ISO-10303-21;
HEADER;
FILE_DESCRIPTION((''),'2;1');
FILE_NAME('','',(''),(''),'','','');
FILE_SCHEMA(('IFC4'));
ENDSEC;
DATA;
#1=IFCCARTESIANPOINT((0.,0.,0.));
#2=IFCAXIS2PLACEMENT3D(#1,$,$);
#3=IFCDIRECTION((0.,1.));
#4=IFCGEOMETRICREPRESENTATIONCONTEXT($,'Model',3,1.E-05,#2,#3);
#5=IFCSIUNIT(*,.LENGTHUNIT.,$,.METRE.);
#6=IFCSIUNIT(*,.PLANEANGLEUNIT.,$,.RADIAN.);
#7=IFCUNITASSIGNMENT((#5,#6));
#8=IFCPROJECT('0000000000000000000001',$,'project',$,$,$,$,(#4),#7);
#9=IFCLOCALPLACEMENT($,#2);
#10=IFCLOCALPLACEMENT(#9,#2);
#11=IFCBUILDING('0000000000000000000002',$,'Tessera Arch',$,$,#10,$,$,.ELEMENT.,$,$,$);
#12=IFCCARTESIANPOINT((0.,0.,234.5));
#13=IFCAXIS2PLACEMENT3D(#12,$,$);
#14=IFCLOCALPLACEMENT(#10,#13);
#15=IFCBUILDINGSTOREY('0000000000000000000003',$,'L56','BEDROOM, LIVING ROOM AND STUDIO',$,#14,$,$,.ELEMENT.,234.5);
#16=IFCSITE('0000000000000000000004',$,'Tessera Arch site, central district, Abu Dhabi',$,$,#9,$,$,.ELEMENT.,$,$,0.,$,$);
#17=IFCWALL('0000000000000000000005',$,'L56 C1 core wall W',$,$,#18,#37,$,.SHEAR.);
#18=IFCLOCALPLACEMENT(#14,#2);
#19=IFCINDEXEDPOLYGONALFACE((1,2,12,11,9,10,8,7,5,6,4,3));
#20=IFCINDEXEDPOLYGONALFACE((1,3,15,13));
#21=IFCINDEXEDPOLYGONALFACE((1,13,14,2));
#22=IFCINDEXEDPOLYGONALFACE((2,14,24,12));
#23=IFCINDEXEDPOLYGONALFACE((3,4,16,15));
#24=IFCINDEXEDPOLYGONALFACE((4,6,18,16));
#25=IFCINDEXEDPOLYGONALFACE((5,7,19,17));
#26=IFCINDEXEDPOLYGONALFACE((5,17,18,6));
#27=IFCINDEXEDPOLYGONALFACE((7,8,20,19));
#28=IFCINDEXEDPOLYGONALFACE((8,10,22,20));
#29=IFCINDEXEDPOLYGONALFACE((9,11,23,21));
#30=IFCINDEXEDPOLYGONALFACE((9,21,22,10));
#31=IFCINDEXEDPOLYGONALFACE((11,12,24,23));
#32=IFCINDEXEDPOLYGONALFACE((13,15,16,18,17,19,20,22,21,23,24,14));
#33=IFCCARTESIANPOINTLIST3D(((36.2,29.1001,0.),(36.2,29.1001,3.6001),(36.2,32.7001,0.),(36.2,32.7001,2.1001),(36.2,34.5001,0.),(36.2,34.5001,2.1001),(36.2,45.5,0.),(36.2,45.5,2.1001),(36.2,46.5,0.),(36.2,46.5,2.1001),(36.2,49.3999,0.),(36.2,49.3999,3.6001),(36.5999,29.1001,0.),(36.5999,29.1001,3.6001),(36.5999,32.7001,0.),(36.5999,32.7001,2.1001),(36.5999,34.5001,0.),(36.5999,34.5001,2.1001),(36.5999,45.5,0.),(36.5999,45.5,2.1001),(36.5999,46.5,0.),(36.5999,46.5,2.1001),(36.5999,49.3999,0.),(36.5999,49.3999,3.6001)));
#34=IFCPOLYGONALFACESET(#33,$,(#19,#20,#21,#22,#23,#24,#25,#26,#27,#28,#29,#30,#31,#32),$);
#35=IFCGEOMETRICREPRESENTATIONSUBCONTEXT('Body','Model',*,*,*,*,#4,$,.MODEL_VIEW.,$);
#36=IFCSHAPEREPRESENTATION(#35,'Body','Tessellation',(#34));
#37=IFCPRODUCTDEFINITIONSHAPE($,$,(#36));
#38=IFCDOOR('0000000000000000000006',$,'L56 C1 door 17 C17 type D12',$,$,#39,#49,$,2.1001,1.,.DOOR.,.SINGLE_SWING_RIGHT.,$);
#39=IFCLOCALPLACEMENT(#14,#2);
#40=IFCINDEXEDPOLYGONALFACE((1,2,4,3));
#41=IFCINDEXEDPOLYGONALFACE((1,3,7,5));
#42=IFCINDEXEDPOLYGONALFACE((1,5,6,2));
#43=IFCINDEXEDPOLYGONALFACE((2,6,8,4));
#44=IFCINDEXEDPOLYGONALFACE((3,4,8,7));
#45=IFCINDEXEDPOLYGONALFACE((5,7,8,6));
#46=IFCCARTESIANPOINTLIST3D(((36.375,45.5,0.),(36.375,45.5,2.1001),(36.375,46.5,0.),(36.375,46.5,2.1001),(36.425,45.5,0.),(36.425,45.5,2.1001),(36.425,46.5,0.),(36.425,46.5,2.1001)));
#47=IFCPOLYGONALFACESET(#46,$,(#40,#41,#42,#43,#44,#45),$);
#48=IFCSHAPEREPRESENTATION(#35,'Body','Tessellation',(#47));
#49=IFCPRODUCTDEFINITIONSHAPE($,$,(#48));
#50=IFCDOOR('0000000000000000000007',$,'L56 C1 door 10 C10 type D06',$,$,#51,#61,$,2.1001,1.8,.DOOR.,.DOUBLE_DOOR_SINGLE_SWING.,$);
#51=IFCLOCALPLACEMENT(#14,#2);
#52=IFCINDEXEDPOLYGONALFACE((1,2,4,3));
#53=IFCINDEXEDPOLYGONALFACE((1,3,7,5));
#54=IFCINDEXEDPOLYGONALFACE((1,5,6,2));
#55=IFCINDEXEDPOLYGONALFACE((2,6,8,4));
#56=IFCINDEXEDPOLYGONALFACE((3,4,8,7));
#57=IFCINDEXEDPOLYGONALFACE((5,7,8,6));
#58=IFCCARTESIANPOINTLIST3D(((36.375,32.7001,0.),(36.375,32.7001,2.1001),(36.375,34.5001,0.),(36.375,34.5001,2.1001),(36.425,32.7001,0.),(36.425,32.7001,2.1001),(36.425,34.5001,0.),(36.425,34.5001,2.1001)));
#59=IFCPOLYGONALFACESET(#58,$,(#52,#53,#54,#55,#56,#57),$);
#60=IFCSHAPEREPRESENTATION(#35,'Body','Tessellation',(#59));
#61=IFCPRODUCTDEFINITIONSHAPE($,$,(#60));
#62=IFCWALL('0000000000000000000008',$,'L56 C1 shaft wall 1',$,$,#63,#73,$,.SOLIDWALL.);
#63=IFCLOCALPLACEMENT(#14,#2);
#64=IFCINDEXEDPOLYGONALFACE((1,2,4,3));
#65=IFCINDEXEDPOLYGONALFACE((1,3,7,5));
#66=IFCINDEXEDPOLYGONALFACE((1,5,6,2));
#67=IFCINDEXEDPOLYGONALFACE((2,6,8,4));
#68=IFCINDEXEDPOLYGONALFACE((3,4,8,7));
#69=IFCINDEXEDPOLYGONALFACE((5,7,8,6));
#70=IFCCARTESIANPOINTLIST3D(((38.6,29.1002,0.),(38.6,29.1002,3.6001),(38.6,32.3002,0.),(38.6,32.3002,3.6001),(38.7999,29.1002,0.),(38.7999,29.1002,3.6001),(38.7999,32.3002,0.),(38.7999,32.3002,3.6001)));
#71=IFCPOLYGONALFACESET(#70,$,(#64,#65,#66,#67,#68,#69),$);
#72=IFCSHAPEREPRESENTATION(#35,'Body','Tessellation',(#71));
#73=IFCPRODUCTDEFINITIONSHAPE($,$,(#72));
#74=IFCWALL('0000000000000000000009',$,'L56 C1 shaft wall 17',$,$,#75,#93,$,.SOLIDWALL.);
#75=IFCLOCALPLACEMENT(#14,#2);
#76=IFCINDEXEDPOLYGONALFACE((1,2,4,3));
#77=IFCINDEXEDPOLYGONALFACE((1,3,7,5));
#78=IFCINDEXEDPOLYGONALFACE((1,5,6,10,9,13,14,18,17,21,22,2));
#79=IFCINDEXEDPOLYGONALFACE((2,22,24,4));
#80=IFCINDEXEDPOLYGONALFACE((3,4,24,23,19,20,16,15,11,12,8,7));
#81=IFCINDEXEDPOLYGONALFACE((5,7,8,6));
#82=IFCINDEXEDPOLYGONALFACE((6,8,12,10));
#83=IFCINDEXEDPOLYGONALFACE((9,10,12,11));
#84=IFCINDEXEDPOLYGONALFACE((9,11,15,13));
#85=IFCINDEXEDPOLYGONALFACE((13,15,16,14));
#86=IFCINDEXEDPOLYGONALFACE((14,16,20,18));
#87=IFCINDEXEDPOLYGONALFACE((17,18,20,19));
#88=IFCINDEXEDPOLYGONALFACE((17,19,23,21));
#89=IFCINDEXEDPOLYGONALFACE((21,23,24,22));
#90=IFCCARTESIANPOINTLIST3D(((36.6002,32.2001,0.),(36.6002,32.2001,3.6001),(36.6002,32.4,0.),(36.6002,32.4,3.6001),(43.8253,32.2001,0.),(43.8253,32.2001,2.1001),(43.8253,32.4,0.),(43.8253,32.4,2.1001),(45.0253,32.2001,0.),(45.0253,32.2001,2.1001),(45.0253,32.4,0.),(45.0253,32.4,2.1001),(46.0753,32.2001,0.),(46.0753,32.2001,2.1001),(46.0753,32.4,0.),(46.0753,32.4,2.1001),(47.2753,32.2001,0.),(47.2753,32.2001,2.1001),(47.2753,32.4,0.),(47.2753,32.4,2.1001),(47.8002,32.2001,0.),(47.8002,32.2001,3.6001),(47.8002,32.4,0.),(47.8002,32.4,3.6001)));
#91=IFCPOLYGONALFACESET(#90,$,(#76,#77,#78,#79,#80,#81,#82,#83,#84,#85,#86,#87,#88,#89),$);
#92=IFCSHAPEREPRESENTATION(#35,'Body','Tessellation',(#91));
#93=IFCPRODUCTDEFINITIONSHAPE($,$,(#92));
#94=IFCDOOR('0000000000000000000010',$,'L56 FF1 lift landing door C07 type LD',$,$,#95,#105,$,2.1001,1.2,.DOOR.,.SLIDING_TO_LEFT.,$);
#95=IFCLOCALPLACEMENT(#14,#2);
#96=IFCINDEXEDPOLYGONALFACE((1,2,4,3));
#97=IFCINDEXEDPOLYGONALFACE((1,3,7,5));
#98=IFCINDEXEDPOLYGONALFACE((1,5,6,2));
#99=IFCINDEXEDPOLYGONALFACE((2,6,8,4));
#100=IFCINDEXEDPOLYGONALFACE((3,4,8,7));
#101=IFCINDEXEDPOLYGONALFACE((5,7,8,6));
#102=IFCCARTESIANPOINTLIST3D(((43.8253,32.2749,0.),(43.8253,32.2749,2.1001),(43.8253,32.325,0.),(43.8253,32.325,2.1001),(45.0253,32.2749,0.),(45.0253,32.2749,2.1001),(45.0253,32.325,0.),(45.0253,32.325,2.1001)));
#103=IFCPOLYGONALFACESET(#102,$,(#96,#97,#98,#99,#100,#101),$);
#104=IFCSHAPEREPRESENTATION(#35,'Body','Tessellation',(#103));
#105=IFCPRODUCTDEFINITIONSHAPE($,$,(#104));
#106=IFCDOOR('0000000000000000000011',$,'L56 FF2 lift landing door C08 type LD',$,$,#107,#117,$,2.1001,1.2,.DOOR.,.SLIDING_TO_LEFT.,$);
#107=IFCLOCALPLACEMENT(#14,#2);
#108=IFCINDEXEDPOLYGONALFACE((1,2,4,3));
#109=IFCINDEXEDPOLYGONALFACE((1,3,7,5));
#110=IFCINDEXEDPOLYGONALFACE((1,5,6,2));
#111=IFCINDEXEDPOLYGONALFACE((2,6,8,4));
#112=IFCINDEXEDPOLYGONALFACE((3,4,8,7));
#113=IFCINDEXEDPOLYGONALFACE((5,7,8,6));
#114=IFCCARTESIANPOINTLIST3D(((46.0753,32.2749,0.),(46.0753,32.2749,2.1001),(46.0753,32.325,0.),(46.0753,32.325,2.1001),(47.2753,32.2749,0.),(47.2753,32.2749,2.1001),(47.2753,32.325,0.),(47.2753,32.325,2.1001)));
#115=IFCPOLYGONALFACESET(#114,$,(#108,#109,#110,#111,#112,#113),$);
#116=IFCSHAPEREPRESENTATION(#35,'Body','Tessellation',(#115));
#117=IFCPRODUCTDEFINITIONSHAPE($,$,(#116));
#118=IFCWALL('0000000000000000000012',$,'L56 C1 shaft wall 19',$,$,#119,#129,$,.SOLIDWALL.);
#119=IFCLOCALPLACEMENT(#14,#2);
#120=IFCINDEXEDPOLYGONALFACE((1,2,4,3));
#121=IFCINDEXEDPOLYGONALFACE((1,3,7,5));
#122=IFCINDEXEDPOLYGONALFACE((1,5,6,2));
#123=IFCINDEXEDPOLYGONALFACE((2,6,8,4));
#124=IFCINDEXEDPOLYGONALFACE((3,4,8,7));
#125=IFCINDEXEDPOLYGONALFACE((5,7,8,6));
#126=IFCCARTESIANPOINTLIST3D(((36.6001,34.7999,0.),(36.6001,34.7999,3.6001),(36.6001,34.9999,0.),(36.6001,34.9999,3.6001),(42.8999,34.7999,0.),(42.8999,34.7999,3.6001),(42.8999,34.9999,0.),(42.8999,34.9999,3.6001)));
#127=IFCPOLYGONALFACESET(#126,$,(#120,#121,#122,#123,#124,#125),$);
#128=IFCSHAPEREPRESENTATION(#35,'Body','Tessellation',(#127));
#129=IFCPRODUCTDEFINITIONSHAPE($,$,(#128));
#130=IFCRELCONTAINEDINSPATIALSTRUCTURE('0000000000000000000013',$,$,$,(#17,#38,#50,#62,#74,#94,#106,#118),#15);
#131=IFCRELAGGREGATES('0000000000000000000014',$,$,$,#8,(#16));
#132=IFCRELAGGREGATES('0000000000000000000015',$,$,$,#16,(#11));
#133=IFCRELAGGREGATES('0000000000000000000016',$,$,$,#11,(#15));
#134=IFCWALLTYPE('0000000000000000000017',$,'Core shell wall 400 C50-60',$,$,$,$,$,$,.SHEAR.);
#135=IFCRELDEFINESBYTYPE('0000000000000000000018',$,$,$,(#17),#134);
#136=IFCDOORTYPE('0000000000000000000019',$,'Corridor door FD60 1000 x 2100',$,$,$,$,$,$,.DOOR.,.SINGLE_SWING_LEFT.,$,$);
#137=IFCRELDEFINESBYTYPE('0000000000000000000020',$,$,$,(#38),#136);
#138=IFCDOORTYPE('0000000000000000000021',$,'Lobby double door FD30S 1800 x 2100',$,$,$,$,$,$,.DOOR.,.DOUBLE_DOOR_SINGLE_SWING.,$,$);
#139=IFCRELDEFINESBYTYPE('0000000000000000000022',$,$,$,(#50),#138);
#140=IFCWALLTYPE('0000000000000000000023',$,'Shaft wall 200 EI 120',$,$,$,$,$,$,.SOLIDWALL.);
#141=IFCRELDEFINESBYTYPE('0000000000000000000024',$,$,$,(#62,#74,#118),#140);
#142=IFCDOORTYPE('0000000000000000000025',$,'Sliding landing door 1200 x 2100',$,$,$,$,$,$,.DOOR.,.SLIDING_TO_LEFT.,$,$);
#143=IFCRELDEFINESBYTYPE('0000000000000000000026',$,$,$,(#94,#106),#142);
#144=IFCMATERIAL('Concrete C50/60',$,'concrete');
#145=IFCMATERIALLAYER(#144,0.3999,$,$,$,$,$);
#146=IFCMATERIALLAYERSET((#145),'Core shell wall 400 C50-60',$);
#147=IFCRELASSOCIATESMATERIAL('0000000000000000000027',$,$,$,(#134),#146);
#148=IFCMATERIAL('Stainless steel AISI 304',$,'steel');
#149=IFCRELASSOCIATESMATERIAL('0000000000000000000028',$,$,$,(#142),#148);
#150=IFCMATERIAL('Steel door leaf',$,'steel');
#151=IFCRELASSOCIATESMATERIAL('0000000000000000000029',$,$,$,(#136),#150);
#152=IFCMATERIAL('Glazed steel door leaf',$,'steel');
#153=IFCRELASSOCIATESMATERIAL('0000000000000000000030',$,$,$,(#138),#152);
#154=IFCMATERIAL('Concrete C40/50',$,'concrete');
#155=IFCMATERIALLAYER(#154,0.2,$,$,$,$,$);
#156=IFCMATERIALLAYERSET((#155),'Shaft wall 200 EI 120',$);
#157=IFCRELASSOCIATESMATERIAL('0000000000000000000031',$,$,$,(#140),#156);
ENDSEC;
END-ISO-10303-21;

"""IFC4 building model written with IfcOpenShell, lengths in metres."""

from ifc_helpers import new_model, si_unit, direction, frame, frame_2d, origin, place, context, subcontext, project, spatial, rectangle, extrude, material, layer, layer_set, type_object, element, fill, save


model = new_model("IFC4")

# Units and contexts
model_context = context("Model", 3, precision=1e-05, world=origin(), true_north=direction((0.0, 1.0)))
body_context = subcontext(model_context, "Body", "Model", "MODEL_VIEW")
ifc_project = project(units=[si_unit("LENGTHUNIT", "METRE"), si_unit("PLANEANGLEUNIT", "RADIAN")], contexts=[model_context])

# Site, building, storey
site_placement = place(None, origin())
site = spatial("IfcSite", under=ifc_project, at=site_placement, Name="Tessera Arch site, central district, Abu Dhabi", CompositionType="ELEMENT", RefElevation=0.0)
building_placement = place(site_placement, origin())
building = spatial("IfcBuilding", under=site, at=building_placement, Name="Tessera Arch", CompositionType="ELEMENT")
storey_placement = place(building_placement, frame((0.0, 0.0, 234.5)))
storey = spatial("IfcBuildingStorey", under=building, at=storey_placement, Name="L56", Description="BEDROOM, LIVING ROOM AND STUDIO", CompositionType="ELEMENT", Elevation=234.5)

# Wall, openings, doors
ifc_material_1 = material(Name="Concrete C50/60", Category="concrete")
ifc_layer_1 = layer(ifc_material_1, 0.3999)
ifc_layer_set_1 = layer_set([ifc_layer_1], Name="Core shell wall 400 C50-60")
wall_type_1 = type_object("IfcWallType", Name="Core shell wall 400 C50-60", PredefinedType="SHEAR", material=ifc_layer_set_1)
ifc_material_2 = material(Name="Stainless steel AISI 304", Category="steel")
door_type_1 = type_object("IfcDoorType", Name="Sliding landing door 1200 x 2100", OperationType="SLIDING_TO_LEFT", PredefinedType="DOOR", material=ifc_material_2)
wall_1_placement = place(storey_placement, frame((36.3999, 29.1001, 0.0), z_axis=(0.0, 0.0, 1.0), x_axis=(0.0, 1.0, 0.0)))
wall_1 = element("IfcWall", 1, at=wall_1_placement, inside=storey, type_object=wall_type_1, Name="L56 C1 core wall W", PredefinedType="SHEAR", context=body_context, shape_type="SweptSolid", body=[
    extrude(rectangle(XDim=20.2998, YDim=0.3999, at=frame_2d((10.1499, 0.0))), origin(), (0.0, 0.0, 1.0), 3.6001),
])
opening_1_placement = place(wall_1_placement, frame((3.6001, 0.0, 0.0)))
opening_1 = element("IfcOpeningElement", 2, at=opening_1_placement, cuts=wall_1, PredefinedType="OPENING", context=body_context, shape_type="SweptSolid", body=[
    extrude(rectangle(XDim=1.8, YDim=2.1001, at=frame_2d((0.8999, 1.05))), frame((0.0, 0.21, 0.0), z_axis=(0.0, -1.0, 0.0), x_axis=(1.0, 0.0, 0.0)), (0.0, 0.0, 1.0), 0.4199),
])
opening_2_placement = place(wall_1_placement, frame((16.3999, 0.0, 0.0)))
opening_2 = element("IfcOpeningElement", 3, at=opening_2_placement, cuts=wall_1, PredefinedType="OPENING", context=body_context, shape_type="SweptSolid", body=[
    extrude(rectangle(XDim=1.0, YDim=2.1001, at=frame_2d((0.5, 1.05))), frame((0.0, 0.21, 0.0), z_axis=(0.0, -1.0, 0.0), x_axis=(1.0, 0.0, 0.0)), (0.0, 0.0, 1.0), 0.4199),
])
ifc_material_3 = material(Name="Steel door leaf", Category="steel")
door_type_2 = type_object("IfcDoorType", Name="Corridor door FD60 1000 x 2100", OperationType="SINGLE_SWING_LEFT", PredefinedType="DOOR", material=ifc_material_3)
door_1_placement = place(opening_2_placement, origin())
door_1 = element("IfcDoor", 4, at=door_1_placement, inside=storey, type_object=door_type_2, Name="L56 C1 door 17 C17 type D12", OperationType="SINGLE_SWING_RIGHT", OverallHeight=2.1001, OverallWidth=1.0, PredefinedType="DOOR", context=body_context, shape_type="SweptSolid", body=[
    extrude(rectangle(XDim=1.0, YDim=2.1001, at=frame_2d((0.5, 1.05))), frame((0.0, 0.0249, 0.0), z_axis=(0.0, -1.0, 0.0), x_axis=(1.0, 0.0, 0.0)), (0.0, 0.0, 1.0), 0.05),
])
fill(opening_2, door_1)
ifc_material_4 = material(Name="Glazed steel door leaf", Category="steel")
door_type_3 = type_object("IfcDoorType", Name="Lobby double door FD30S 1800 x 2100", OperationType="DOUBLE_DOOR_SINGLE_SWING", PredefinedType="DOOR", material=ifc_material_4)
door_2_placement = place(opening_1_placement, origin())
door_2 = element("IfcDoor", 5, at=door_2_placement, inside=storey, type_object=door_type_3, Name="L56 C1 door 10 C10 type D06", OperationType="DOUBLE_DOOR_SINGLE_SWING", OverallHeight=2.1001, OverallWidth=1.8, PredefinedType="DOOR", context=body_context, shape_type="SweptSolid", body=[
    extrude(rectangle(XDim=1.8, YDim=2.1001, at=frame_2d((0.8999, 1.05))), frame((0.0, 0.0249, 0.0), z_axis=(0.0, -1.0, 0.0), x_axis=(1.0, 0.0, 0.0)), (0.0, 0.0, 1.0), 0.05),
])
fill(opening_1, door_2)

# Wall
ifc_material_5 = material(Name="Concrete C40/50", Category="concrete")
ifc_layer_2 = layer(ifc_material_5, 0.2)
ifc_layer_set_2 = layer_set([ifc_layer_2], Name="Shaft wall 200 EI 120")
wall_type_2 = type_object("IfcWallType", Name="Shaft wall 200 EI 120", PredefinedType="SOLIDWALL", material=ifc_layer_set_2)
wall_2_placement = place(storey_placement, frame((38.7, 29.1001, 0.0), z_axis=(0.0, 0.0, 1.0), x_axis=(0.0, 1.0, 0.0)))
element("IfcWall", 6, at=wall_2_placement, inside=storey, type_object=wall_type_2, Name="L56 C1 shaft wall 1", PredefinedType="SOLIDWALL", context=body_context, shape_type="SweptSolid", body=[
    extrude(rectangle(XDim=3.2, YDim=0.2, at=frame_2d((1.6001, 0.0))), origin(), (0.0, 0.0, 1.0), 3.6001),
])

# Wall, openings, doors
wall_3_placement = place(storey_placement, frame((36.6001, 32.3, 0.0), z_axis=(0.0, 0.0, 1.0), x_axis=(1.0, 0.0, 0.0)))
wall_3 = element("IfcWall", 7, at=wall_3_placement, inside=storey, type_object=wall_type_2, Name="L56 C1 shaft wall 17", PredefinedType="SOLIDWALL", context=body_context, shape_type="SweptSolid", body=[
    extrude(rectangle(XDim=11.2, YDim=0.2, at=frame_2d((5.6001, 0.0))), origin(), (0.0, 0.0, 1.0), 3.6001),
])
opening_3_placement = place(wall_3_placement, frame((7.2251, 0.0, 0.0)))
opening_3 = element("IfcOpeningElement", 8, at=opening_3_placement, cuts=wall_3, PredefinedType="OPENING", context=body_context, shape_type="SweptSolid", body=[
    extrude(rectangle(XDim=1.2, YDim=2.1001, at=frame_2d((0.6001, 1.05))), frame((0.0, 0.1099, 0.0), z_axis=(0.0, -1.0, 0.0), x_axis=(1.0, 0.0, 0.0)), (0.0, 0.0, 1.0), 0.22),
])
opening_4_placement = place(wall_3_placement, frame((9.4751, 0.0, 0.0)))
opening_4 = element("IfcOpeningElement", 9, at=opening_4_placement, cuts=wall_3, PredefinedType="OPENING", context=body_context, shape_type="SweptSolid", body=[
    extrude(rectangle(XDim=1.2, YDim=2.1001, at=frame_2d((0.6001, 1.05))), frame((0.0, 0.1099, 0.0), z_axis=(0.0, -1.0, 0.0), x_axis=(1.0, 0.0, 0.0)), (0.0, 0.0, 1.0), 0.22),
])
door_3_placement = place(opening_3_placement, origin())
door_3 = element("IfcDoor", 10, at=door_3_placement, inside=storey, type_object=door_type_1, Name="L56 FF1 lift landing door C07 type LD", OperationType="SLIDING_TO_LEFT", OverallHeight=2.1001, OverallWidth=1.2, PredefinedType="DOOR", context=body_context, shape_type="SweptSolid", body=[
    extrude(rectangle(XDim=1.2, YDim=2.1001, at=frame_2d((0.6001, 1.05))), frame((0.0, 0.0249, 0.0), z_axis=(0.0, -1.0, 0.0), x_axis=(1.0, 0.0, 0.0)), (0.0, 0.0, 1.0), 0.05),
])
fill(opening_3, door_3)
door_4_placement = place(opening_4_placement, origin())
door_4 = element("IfcDoor", 11, at=door_4_placement, inside=storey, type_object=door_type_1, Name="L56 FF2 lift landing door C08 type LD", OperationType="SLIDING_TO_LEFT", OverallHeight=2.1001, OverallWidth=1.2, PredefinedType="DOOR", context=body_context, shape_type="SweptSolid", body=[
    extrude(rectangle(XDim=1.2, YDim=2.1001, at=frame_2d((0.6001, 1.05))), frame((0.0, 0.0249, 0.0), z_axis=(0.0, -1.0, 0.0), x_axis=(1.0, 0.0, 0.0)), (0.0, 0.0, 1.0), 0.05),
])
fill(opening_4, door_4)

# Wall
wall_4_placement = place(storey_placement, frame((36.6001, 34.8999, 0.0), z_axis=(0.0, 0.0, 1.0), x_axis=(1.0, 0.0, 0.0)))
element("IfcWall", 12, at=wall_4_placement, inside=storey, type_object=wall_type_2, Name="L56 C1 shaft wall 19", PredefinedType="SOLIDWALL", context=body_context, shape_type="SweptSolid", body=[
    extrude(rectangle(XDim=6.2998, YDim=0.2, at=frame_2d((3.1499, 0.0))), origin(), (0.0, 0.0, 1.0), 3.6001),
])

save(model, "model.ifc")
